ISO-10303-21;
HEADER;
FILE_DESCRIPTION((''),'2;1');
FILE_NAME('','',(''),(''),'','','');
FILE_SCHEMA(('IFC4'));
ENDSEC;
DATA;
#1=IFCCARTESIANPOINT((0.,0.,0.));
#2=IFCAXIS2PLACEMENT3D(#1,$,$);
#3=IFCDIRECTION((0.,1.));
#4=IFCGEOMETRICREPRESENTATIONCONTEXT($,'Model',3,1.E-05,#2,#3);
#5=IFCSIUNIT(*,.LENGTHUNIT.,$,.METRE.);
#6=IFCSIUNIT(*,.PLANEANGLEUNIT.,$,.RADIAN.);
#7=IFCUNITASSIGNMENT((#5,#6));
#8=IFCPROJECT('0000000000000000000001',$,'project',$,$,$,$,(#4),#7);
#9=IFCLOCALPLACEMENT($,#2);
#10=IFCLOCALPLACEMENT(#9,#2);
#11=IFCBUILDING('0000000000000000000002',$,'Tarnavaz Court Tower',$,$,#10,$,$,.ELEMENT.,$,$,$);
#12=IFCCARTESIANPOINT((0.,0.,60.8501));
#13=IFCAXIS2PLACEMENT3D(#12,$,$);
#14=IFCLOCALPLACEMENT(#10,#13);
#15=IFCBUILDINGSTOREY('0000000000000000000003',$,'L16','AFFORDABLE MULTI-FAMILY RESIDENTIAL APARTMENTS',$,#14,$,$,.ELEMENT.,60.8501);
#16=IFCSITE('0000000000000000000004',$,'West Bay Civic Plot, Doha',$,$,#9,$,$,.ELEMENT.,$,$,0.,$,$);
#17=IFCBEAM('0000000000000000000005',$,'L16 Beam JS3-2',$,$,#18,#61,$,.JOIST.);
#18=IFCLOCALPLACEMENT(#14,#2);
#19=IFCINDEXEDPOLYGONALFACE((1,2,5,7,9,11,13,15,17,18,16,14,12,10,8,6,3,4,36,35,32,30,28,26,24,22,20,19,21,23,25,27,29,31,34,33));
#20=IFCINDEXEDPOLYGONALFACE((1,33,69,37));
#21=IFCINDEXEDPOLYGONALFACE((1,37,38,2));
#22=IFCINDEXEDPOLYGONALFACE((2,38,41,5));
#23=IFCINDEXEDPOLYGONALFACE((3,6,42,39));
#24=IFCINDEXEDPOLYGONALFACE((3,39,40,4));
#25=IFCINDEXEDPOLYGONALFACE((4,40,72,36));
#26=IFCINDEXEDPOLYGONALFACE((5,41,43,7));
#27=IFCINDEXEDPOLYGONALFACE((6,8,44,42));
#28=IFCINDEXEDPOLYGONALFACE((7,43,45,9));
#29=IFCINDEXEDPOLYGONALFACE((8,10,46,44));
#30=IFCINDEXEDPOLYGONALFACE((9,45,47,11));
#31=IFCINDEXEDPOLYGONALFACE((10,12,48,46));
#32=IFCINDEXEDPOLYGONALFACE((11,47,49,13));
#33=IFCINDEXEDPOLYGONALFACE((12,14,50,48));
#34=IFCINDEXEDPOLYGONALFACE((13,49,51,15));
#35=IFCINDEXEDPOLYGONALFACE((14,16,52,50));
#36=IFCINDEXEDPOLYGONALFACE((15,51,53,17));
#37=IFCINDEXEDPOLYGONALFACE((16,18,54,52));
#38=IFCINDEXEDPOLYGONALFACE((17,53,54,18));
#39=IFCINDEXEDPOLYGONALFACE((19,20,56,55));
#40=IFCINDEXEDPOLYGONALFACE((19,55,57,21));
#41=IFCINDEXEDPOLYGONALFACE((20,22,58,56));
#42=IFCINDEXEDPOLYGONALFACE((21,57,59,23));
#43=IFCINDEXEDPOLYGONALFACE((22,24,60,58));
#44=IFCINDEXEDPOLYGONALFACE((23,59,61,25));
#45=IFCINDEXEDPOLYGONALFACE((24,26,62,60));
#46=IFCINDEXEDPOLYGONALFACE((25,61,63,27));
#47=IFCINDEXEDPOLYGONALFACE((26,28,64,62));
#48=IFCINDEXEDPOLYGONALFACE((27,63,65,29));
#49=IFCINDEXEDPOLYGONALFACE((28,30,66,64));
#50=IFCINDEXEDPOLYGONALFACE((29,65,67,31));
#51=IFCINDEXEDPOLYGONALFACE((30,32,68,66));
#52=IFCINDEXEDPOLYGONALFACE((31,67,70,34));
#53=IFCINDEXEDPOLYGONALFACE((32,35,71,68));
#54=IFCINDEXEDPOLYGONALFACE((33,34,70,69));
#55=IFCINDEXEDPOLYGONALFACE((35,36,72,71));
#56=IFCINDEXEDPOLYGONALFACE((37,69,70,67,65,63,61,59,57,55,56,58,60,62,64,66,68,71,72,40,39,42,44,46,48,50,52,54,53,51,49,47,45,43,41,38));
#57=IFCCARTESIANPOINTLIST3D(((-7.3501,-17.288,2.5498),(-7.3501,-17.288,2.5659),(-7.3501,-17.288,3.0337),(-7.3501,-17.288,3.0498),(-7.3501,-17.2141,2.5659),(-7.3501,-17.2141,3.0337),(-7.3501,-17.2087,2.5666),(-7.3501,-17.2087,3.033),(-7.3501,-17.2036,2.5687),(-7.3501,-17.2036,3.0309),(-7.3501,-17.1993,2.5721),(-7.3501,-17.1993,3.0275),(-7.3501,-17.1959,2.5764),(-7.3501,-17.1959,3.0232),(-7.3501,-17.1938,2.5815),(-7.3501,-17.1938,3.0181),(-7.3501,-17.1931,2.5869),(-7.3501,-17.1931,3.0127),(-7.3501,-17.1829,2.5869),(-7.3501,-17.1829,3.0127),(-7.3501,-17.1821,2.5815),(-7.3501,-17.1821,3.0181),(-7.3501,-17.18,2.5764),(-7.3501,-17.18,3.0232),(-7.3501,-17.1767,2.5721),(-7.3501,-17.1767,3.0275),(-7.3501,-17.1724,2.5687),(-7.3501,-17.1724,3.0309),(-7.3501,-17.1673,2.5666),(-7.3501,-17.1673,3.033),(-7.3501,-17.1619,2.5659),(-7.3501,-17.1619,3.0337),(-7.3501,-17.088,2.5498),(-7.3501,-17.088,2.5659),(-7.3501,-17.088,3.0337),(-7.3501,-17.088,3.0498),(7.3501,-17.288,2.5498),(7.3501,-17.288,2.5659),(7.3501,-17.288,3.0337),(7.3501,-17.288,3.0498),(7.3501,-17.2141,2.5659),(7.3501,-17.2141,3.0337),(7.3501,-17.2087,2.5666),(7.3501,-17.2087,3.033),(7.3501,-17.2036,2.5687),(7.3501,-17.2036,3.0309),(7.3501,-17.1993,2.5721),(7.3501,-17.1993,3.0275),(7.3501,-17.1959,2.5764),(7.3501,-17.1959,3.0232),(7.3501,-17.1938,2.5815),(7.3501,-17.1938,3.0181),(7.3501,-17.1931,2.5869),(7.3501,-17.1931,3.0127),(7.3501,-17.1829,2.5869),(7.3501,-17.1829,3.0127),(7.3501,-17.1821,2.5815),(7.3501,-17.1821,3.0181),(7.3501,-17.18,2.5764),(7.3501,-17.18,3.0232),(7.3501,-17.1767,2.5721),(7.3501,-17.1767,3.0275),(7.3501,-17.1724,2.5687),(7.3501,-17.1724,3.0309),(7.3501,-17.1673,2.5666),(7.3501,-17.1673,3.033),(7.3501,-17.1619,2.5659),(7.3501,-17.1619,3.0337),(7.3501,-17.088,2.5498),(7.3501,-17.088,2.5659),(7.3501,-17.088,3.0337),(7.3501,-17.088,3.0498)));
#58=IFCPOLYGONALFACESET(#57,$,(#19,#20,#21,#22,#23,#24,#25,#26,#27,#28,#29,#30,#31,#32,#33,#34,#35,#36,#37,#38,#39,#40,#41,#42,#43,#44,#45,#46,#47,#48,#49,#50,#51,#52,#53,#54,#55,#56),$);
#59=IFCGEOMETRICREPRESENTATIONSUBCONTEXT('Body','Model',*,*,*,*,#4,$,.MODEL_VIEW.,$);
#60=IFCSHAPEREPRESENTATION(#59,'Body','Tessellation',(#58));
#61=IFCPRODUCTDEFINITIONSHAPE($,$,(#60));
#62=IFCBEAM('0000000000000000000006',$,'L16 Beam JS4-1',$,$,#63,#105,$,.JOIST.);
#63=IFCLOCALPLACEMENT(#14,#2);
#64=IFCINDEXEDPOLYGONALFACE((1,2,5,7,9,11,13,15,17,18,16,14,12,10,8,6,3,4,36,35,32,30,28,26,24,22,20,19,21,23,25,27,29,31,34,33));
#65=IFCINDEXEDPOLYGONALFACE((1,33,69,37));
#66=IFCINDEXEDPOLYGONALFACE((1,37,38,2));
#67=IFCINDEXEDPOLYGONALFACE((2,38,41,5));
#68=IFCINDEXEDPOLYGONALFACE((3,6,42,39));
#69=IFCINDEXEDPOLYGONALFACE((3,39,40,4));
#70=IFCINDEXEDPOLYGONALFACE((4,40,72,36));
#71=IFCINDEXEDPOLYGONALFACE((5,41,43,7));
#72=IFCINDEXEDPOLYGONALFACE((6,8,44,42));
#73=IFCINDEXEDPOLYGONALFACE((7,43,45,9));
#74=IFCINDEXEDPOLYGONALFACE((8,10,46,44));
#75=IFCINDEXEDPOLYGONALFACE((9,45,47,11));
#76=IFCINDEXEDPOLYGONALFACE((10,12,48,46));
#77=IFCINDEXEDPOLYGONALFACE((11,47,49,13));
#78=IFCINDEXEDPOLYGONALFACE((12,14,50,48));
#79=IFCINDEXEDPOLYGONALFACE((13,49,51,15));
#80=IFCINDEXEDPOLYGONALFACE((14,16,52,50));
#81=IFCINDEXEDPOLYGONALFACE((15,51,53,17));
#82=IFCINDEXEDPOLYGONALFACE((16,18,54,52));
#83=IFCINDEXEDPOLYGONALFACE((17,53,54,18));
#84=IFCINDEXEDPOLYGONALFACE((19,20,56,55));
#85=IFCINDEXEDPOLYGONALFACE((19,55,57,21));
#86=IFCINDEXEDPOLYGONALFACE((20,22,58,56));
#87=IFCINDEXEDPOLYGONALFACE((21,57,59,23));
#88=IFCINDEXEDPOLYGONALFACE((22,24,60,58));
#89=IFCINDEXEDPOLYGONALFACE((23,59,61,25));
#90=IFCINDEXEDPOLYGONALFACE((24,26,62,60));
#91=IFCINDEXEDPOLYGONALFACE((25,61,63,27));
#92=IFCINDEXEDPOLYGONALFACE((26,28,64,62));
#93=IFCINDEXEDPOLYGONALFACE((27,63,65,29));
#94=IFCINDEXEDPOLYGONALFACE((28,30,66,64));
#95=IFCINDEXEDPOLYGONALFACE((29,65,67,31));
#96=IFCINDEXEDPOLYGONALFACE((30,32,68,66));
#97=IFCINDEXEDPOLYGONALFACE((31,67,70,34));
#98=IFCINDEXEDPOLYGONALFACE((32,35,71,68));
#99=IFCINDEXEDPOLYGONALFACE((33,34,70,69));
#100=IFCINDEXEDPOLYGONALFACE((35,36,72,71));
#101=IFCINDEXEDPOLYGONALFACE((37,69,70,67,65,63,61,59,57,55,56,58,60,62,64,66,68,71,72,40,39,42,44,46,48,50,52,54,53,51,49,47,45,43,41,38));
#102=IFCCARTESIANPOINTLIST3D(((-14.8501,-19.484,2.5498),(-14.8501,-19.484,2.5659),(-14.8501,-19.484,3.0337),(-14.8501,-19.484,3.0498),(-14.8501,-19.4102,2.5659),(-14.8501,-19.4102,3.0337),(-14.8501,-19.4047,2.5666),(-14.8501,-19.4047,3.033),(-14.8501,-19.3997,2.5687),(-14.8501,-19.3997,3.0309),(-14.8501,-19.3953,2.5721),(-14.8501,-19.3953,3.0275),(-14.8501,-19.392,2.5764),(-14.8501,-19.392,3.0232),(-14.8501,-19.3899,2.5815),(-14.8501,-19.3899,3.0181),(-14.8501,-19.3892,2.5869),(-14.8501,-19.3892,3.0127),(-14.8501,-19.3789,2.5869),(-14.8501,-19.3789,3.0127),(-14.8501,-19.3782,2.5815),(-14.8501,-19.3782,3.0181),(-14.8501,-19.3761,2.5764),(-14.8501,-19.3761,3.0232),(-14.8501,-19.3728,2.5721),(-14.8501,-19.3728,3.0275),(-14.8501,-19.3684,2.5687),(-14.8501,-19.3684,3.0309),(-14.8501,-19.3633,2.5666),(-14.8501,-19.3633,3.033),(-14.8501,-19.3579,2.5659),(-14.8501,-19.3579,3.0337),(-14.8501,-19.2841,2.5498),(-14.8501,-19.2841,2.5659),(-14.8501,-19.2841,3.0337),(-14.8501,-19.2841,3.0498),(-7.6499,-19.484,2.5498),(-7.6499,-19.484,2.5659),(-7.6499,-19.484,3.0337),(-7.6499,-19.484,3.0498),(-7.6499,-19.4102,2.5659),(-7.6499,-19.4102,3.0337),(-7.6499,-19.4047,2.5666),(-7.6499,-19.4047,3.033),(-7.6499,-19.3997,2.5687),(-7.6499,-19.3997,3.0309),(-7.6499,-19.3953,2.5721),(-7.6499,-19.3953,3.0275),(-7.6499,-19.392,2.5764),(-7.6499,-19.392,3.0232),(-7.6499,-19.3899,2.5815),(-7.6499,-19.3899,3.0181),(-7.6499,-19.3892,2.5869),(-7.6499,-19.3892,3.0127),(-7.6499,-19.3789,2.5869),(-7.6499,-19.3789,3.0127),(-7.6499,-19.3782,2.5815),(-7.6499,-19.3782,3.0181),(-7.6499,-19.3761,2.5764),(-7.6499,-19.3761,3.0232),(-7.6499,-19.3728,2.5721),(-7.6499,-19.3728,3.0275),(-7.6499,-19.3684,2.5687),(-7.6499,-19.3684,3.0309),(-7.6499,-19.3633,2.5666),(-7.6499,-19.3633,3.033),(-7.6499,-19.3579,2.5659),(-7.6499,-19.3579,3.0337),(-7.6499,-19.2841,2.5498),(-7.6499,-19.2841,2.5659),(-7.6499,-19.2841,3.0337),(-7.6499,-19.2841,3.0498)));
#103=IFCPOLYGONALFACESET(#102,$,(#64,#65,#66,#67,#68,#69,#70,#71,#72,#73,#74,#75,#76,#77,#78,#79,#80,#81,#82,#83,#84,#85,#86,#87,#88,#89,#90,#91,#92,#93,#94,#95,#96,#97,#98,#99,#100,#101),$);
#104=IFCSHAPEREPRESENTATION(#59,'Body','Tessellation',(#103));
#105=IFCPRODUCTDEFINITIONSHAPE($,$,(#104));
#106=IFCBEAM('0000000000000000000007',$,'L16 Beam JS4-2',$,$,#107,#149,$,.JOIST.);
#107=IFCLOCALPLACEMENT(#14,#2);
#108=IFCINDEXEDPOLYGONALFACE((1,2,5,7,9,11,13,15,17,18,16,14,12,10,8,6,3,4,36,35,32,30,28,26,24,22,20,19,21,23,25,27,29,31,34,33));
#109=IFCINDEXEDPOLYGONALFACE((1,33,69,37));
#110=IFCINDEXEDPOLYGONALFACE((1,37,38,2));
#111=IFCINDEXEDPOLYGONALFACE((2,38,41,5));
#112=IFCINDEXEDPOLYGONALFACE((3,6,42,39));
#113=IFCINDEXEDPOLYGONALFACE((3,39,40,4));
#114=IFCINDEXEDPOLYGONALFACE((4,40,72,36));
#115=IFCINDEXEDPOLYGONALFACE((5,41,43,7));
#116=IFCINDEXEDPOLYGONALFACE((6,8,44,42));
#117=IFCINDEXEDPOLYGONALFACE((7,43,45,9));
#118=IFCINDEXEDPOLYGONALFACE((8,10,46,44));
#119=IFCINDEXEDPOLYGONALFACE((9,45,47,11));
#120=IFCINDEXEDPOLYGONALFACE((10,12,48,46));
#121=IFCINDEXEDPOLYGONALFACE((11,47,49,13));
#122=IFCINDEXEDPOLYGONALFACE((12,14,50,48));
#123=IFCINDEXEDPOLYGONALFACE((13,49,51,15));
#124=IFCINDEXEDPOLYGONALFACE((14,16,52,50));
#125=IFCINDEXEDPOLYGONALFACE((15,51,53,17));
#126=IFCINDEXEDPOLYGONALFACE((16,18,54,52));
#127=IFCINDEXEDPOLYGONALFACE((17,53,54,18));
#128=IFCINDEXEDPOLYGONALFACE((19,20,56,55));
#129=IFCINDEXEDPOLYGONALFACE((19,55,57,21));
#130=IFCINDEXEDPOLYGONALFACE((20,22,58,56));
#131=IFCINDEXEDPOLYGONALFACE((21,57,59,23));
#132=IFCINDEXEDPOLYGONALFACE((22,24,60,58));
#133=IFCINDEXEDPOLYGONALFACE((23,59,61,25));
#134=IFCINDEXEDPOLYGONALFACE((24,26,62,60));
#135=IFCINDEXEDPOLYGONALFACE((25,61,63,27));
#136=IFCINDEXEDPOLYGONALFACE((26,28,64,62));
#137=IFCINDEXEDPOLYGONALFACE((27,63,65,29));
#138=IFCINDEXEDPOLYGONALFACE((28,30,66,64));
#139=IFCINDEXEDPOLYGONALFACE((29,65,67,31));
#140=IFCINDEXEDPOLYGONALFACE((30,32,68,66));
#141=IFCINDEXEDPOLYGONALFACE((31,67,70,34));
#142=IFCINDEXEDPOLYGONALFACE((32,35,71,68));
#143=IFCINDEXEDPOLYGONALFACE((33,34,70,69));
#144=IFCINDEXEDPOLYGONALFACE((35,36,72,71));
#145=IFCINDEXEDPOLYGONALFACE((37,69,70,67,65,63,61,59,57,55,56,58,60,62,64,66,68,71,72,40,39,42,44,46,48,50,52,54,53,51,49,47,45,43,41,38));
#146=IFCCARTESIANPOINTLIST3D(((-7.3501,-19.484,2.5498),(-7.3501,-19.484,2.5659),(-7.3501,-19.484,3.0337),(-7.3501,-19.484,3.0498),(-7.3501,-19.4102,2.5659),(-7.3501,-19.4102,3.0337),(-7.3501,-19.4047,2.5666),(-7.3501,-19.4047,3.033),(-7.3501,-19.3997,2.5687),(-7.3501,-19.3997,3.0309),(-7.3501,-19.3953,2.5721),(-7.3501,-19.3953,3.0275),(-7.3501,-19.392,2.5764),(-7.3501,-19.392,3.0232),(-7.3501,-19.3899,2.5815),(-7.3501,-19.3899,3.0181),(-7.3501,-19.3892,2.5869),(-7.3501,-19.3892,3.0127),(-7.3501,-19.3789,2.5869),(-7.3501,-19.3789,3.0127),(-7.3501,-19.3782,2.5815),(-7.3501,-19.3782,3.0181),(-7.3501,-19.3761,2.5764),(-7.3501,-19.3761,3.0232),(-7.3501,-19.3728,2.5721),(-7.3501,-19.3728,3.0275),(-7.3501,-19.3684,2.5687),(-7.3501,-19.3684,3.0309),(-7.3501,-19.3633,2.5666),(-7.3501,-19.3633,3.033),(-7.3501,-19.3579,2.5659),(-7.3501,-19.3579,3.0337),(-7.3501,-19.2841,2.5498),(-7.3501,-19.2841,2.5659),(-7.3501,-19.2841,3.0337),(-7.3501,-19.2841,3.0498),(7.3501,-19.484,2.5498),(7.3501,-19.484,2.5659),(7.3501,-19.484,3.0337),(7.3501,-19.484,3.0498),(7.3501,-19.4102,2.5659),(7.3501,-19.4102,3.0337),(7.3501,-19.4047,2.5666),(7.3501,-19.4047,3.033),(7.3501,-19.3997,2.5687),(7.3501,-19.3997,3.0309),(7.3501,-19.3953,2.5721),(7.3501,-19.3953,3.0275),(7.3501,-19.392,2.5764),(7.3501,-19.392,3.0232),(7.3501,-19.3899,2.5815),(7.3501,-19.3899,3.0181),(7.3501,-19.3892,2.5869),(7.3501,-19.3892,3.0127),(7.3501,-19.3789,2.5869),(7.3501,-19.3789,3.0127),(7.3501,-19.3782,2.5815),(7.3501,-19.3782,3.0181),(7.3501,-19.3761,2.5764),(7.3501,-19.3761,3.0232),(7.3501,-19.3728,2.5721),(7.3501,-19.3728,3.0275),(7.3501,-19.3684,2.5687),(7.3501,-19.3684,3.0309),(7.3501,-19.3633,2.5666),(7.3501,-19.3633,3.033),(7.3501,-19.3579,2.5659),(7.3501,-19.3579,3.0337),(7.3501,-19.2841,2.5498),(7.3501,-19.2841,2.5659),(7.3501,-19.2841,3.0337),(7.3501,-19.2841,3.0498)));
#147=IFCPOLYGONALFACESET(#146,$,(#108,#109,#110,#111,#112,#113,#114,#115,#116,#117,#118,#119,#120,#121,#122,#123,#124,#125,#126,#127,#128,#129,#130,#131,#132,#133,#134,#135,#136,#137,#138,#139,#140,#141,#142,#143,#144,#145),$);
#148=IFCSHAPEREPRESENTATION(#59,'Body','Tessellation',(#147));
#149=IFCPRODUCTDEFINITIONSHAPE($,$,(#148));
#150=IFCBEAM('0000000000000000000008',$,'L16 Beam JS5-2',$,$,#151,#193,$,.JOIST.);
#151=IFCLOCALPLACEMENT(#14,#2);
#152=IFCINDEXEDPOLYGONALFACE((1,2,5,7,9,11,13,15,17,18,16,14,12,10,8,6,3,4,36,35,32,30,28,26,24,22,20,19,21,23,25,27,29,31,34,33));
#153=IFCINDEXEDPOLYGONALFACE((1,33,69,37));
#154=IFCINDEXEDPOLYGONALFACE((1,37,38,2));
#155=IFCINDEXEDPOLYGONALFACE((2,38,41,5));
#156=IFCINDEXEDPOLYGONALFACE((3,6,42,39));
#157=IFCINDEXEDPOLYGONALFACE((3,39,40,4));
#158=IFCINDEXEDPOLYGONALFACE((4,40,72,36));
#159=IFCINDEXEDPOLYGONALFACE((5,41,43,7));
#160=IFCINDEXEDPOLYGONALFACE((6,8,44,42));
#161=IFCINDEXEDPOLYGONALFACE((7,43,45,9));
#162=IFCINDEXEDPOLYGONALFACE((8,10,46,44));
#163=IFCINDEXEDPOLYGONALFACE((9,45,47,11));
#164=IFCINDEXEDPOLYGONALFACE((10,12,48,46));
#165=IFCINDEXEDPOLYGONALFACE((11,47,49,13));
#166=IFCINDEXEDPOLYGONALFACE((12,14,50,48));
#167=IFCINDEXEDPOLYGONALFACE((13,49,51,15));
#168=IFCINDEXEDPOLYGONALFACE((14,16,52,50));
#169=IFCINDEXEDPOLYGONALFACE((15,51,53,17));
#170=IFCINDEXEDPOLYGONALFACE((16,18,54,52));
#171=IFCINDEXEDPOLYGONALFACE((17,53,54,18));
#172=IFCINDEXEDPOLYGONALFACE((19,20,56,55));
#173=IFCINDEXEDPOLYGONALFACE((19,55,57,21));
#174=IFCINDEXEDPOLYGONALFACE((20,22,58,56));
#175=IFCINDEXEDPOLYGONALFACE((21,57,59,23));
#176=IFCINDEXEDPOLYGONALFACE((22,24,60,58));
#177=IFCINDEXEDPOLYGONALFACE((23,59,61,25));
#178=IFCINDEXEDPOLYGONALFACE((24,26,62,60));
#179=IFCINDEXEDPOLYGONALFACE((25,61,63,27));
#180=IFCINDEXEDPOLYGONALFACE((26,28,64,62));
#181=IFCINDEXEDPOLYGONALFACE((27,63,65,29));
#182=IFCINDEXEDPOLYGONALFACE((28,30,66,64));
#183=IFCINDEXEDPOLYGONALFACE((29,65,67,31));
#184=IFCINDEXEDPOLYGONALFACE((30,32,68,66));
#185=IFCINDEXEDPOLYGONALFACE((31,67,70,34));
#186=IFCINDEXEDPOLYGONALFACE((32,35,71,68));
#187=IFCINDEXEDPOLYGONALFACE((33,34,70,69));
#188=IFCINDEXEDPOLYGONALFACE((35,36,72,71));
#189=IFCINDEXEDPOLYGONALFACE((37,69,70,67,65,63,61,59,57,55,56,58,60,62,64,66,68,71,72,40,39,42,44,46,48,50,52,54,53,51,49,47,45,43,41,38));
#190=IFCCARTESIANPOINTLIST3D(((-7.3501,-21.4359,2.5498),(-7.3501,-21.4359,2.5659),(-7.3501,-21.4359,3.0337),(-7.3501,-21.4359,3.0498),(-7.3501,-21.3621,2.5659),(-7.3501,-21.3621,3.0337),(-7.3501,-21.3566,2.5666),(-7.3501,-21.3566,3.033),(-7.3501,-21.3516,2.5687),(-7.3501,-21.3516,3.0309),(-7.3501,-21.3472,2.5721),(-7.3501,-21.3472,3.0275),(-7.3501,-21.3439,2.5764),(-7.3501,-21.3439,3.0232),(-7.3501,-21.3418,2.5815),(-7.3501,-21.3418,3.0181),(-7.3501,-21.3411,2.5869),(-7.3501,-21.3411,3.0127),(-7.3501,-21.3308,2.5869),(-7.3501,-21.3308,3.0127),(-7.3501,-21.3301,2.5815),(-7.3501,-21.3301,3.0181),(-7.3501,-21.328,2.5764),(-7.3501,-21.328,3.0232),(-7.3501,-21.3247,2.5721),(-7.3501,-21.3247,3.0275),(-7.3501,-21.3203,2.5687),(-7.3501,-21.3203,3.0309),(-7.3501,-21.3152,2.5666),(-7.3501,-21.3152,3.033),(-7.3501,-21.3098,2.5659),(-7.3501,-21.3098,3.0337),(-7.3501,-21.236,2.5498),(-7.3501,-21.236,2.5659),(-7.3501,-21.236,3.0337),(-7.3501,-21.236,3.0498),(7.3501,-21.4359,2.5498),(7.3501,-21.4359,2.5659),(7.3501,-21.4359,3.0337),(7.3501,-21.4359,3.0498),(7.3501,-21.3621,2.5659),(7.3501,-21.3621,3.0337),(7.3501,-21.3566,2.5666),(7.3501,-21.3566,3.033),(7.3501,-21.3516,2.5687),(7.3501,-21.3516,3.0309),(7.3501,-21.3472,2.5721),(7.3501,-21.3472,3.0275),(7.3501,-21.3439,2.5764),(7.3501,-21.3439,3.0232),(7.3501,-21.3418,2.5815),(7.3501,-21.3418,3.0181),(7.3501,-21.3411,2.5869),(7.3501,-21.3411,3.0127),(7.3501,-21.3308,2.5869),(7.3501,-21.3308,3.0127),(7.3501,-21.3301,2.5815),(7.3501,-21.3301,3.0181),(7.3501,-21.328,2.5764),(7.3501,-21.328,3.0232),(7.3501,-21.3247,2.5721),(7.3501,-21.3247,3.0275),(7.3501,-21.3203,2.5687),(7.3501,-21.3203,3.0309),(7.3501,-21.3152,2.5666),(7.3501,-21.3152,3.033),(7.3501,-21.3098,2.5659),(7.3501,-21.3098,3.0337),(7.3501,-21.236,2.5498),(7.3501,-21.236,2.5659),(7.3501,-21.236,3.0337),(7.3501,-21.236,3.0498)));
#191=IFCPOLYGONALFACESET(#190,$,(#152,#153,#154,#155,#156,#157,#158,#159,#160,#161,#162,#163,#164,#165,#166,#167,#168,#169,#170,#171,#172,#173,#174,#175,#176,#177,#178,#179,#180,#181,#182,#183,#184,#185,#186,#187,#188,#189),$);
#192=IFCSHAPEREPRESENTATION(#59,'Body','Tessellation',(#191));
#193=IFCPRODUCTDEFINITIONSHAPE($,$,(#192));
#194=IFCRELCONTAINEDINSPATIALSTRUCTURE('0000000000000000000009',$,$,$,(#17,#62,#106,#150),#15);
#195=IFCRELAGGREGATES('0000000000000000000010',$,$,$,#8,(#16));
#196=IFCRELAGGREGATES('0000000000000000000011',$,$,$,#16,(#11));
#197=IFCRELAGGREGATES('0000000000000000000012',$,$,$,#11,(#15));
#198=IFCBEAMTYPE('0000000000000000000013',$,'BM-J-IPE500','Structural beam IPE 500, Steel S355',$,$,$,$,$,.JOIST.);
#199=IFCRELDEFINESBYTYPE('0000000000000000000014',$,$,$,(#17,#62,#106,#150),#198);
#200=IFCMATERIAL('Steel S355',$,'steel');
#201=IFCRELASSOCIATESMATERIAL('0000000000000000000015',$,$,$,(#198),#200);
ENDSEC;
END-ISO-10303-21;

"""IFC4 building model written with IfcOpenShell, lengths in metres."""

from ifc_helpers import new_model, si_unit, direction, frame, origin, origin_2d, place, context, subcontext, project, spatial, i_section, extrude, material, material_profile, profile_set, type_object, element, save


model = new_model("IFC4")

# Units and contexts
model_context = context("Model", 3, precision=1e-05, world=origin(), true_north=direction((0.0, 1.0)))
body_context = subcontext(model_context, "Body", "Model", "MODEL_VIEW")
ifc_project = project(units=[si_unit("LENGTHUNIT", "METRE"), si_unit("PLANEANGLEUNIT", "RADIAN")], contexts=[model_context])

# Site, building, storey
site_placement = place(None, origin())
site = spatial("IfcSite", under=ifc_project, at=site_placement, Name="West Bay Civic Plot, Doha", CompositionType="ELEMENT", RefElevation=0.0)
building_placement = place(site_placement, origin())
building = spatial("IfcBuilding", under=site, at=building_placement, Name="Tarnavaz Court Tower", CompositionType="ELEMENT")
storey_placement = place(building_placement, frame((0.0, 0.0, 60.8501)))
storey = spatial("IfcBuildingStorey", under=building, at=storey_placement, Name="L16", Description="AFFORDABLE MULTI-FAMILY RESIDENTIAL APARTMENTS", CompositionType="ELEMENT", Elevation=60.8501)

# Beams
ifc_material_1 = material(Name="Steel S355", Category="steel")
ifc_material_profile_1 = material_profile(ifc_material_1, i_section(OverallWidth=0.2, OverallDepth=0.5, WebThickness=0.0103, FlangeThickness=0.0161, FilletRadius=0.021, at=origin_2d()), Name="IPE 500")
ifc_profile_set_1 = profile_set([ifc_material_profile_1], Name="Steel S355")
beam_type_1 = type_object("IfcBeamType", Name="BM-J-IPE500", Description="Structural beam IPE 500, Steel S355", PredefinedType="JOIST", material=ifc_profile_set_1)
beam_1_placement = place(storey_placement, frame((-7.3501, -17.188, 2.7998), z_axis=(1.0, 0.0, 0.0), x_axis=(0.0, 1.0, 0.0)))
element("IfcBeam", 1, at=beam_1_placement, inside=storey, type_object=beam_type_1, Name="L16 Beam JS3-2", PredefinedType="JOIST", context=body_context, shape_type="SweptSolid", body=[
    extrude(i_section(OverallWidth=0.2, OverallDepth=0.5, WebThickness=0.0103, FlangeThickness=0.0161, FilletRadius=0.021, at=origin_2d()), origin(), (0.0, 0.0, 1.0), 14.7002),
])
beam_2_placement = place(storey_placement, frame((-14.8501, -19.384, 2.7998), z_axis=(1.0, 0.0, 0.0), x_axis=(0.0, 1.0, 0.0)))
element("IfcBeam", 2, at=beam_2_placement, inside=storey, type_object=beam_type_1, Name="L16 Beam JS4-1", PredefinedType="JOIST", context=body_context, shape_type="SweptSolid", body=[
    extrude(i_section(OverallWidth=0.2, OverallDepth=0.5, WebThickness=0.0103, FlangeThickness=0.0161, FilletRadius=0.021, at=origin_2d()), origin(), (0.0, 0.0, 1.0), 7.2002),
])
for number, where, z_axis, x_axis, name in (
    (3, (-7.3501, -19.384, 2.7998), (1.0, 0.0, 0.0), (0.0, 1.0, 0.0), "L16 Beam JS4-2"),
    (4, (-7.3501, -21.3359, 2.7998), (1.0, 0.0, 0.0), (0.0, 1.0, 0.0), "L16 Beam JS5-2"),
):
    element("IfcBeam", number, at=place(storey_placement, frame(where, z_axis=z_axis, x_axis=x_axis)), inside=storey, type_object=beam_type_1, Name=name, PredefinedType="JOIST", context=body_context, shape_type="SweptSolid", body=[
        extrude(i_section(OverallWidth=0.2, OverallDepth=0.5, WebThickness=0.0103, FlangeThickness=0.0161, FilletRadius=0.021, at=origin_2d()), origin(), (0.0, 0.0, 1.0), 14.7002),
    ])

save(model, "model.ifc")
